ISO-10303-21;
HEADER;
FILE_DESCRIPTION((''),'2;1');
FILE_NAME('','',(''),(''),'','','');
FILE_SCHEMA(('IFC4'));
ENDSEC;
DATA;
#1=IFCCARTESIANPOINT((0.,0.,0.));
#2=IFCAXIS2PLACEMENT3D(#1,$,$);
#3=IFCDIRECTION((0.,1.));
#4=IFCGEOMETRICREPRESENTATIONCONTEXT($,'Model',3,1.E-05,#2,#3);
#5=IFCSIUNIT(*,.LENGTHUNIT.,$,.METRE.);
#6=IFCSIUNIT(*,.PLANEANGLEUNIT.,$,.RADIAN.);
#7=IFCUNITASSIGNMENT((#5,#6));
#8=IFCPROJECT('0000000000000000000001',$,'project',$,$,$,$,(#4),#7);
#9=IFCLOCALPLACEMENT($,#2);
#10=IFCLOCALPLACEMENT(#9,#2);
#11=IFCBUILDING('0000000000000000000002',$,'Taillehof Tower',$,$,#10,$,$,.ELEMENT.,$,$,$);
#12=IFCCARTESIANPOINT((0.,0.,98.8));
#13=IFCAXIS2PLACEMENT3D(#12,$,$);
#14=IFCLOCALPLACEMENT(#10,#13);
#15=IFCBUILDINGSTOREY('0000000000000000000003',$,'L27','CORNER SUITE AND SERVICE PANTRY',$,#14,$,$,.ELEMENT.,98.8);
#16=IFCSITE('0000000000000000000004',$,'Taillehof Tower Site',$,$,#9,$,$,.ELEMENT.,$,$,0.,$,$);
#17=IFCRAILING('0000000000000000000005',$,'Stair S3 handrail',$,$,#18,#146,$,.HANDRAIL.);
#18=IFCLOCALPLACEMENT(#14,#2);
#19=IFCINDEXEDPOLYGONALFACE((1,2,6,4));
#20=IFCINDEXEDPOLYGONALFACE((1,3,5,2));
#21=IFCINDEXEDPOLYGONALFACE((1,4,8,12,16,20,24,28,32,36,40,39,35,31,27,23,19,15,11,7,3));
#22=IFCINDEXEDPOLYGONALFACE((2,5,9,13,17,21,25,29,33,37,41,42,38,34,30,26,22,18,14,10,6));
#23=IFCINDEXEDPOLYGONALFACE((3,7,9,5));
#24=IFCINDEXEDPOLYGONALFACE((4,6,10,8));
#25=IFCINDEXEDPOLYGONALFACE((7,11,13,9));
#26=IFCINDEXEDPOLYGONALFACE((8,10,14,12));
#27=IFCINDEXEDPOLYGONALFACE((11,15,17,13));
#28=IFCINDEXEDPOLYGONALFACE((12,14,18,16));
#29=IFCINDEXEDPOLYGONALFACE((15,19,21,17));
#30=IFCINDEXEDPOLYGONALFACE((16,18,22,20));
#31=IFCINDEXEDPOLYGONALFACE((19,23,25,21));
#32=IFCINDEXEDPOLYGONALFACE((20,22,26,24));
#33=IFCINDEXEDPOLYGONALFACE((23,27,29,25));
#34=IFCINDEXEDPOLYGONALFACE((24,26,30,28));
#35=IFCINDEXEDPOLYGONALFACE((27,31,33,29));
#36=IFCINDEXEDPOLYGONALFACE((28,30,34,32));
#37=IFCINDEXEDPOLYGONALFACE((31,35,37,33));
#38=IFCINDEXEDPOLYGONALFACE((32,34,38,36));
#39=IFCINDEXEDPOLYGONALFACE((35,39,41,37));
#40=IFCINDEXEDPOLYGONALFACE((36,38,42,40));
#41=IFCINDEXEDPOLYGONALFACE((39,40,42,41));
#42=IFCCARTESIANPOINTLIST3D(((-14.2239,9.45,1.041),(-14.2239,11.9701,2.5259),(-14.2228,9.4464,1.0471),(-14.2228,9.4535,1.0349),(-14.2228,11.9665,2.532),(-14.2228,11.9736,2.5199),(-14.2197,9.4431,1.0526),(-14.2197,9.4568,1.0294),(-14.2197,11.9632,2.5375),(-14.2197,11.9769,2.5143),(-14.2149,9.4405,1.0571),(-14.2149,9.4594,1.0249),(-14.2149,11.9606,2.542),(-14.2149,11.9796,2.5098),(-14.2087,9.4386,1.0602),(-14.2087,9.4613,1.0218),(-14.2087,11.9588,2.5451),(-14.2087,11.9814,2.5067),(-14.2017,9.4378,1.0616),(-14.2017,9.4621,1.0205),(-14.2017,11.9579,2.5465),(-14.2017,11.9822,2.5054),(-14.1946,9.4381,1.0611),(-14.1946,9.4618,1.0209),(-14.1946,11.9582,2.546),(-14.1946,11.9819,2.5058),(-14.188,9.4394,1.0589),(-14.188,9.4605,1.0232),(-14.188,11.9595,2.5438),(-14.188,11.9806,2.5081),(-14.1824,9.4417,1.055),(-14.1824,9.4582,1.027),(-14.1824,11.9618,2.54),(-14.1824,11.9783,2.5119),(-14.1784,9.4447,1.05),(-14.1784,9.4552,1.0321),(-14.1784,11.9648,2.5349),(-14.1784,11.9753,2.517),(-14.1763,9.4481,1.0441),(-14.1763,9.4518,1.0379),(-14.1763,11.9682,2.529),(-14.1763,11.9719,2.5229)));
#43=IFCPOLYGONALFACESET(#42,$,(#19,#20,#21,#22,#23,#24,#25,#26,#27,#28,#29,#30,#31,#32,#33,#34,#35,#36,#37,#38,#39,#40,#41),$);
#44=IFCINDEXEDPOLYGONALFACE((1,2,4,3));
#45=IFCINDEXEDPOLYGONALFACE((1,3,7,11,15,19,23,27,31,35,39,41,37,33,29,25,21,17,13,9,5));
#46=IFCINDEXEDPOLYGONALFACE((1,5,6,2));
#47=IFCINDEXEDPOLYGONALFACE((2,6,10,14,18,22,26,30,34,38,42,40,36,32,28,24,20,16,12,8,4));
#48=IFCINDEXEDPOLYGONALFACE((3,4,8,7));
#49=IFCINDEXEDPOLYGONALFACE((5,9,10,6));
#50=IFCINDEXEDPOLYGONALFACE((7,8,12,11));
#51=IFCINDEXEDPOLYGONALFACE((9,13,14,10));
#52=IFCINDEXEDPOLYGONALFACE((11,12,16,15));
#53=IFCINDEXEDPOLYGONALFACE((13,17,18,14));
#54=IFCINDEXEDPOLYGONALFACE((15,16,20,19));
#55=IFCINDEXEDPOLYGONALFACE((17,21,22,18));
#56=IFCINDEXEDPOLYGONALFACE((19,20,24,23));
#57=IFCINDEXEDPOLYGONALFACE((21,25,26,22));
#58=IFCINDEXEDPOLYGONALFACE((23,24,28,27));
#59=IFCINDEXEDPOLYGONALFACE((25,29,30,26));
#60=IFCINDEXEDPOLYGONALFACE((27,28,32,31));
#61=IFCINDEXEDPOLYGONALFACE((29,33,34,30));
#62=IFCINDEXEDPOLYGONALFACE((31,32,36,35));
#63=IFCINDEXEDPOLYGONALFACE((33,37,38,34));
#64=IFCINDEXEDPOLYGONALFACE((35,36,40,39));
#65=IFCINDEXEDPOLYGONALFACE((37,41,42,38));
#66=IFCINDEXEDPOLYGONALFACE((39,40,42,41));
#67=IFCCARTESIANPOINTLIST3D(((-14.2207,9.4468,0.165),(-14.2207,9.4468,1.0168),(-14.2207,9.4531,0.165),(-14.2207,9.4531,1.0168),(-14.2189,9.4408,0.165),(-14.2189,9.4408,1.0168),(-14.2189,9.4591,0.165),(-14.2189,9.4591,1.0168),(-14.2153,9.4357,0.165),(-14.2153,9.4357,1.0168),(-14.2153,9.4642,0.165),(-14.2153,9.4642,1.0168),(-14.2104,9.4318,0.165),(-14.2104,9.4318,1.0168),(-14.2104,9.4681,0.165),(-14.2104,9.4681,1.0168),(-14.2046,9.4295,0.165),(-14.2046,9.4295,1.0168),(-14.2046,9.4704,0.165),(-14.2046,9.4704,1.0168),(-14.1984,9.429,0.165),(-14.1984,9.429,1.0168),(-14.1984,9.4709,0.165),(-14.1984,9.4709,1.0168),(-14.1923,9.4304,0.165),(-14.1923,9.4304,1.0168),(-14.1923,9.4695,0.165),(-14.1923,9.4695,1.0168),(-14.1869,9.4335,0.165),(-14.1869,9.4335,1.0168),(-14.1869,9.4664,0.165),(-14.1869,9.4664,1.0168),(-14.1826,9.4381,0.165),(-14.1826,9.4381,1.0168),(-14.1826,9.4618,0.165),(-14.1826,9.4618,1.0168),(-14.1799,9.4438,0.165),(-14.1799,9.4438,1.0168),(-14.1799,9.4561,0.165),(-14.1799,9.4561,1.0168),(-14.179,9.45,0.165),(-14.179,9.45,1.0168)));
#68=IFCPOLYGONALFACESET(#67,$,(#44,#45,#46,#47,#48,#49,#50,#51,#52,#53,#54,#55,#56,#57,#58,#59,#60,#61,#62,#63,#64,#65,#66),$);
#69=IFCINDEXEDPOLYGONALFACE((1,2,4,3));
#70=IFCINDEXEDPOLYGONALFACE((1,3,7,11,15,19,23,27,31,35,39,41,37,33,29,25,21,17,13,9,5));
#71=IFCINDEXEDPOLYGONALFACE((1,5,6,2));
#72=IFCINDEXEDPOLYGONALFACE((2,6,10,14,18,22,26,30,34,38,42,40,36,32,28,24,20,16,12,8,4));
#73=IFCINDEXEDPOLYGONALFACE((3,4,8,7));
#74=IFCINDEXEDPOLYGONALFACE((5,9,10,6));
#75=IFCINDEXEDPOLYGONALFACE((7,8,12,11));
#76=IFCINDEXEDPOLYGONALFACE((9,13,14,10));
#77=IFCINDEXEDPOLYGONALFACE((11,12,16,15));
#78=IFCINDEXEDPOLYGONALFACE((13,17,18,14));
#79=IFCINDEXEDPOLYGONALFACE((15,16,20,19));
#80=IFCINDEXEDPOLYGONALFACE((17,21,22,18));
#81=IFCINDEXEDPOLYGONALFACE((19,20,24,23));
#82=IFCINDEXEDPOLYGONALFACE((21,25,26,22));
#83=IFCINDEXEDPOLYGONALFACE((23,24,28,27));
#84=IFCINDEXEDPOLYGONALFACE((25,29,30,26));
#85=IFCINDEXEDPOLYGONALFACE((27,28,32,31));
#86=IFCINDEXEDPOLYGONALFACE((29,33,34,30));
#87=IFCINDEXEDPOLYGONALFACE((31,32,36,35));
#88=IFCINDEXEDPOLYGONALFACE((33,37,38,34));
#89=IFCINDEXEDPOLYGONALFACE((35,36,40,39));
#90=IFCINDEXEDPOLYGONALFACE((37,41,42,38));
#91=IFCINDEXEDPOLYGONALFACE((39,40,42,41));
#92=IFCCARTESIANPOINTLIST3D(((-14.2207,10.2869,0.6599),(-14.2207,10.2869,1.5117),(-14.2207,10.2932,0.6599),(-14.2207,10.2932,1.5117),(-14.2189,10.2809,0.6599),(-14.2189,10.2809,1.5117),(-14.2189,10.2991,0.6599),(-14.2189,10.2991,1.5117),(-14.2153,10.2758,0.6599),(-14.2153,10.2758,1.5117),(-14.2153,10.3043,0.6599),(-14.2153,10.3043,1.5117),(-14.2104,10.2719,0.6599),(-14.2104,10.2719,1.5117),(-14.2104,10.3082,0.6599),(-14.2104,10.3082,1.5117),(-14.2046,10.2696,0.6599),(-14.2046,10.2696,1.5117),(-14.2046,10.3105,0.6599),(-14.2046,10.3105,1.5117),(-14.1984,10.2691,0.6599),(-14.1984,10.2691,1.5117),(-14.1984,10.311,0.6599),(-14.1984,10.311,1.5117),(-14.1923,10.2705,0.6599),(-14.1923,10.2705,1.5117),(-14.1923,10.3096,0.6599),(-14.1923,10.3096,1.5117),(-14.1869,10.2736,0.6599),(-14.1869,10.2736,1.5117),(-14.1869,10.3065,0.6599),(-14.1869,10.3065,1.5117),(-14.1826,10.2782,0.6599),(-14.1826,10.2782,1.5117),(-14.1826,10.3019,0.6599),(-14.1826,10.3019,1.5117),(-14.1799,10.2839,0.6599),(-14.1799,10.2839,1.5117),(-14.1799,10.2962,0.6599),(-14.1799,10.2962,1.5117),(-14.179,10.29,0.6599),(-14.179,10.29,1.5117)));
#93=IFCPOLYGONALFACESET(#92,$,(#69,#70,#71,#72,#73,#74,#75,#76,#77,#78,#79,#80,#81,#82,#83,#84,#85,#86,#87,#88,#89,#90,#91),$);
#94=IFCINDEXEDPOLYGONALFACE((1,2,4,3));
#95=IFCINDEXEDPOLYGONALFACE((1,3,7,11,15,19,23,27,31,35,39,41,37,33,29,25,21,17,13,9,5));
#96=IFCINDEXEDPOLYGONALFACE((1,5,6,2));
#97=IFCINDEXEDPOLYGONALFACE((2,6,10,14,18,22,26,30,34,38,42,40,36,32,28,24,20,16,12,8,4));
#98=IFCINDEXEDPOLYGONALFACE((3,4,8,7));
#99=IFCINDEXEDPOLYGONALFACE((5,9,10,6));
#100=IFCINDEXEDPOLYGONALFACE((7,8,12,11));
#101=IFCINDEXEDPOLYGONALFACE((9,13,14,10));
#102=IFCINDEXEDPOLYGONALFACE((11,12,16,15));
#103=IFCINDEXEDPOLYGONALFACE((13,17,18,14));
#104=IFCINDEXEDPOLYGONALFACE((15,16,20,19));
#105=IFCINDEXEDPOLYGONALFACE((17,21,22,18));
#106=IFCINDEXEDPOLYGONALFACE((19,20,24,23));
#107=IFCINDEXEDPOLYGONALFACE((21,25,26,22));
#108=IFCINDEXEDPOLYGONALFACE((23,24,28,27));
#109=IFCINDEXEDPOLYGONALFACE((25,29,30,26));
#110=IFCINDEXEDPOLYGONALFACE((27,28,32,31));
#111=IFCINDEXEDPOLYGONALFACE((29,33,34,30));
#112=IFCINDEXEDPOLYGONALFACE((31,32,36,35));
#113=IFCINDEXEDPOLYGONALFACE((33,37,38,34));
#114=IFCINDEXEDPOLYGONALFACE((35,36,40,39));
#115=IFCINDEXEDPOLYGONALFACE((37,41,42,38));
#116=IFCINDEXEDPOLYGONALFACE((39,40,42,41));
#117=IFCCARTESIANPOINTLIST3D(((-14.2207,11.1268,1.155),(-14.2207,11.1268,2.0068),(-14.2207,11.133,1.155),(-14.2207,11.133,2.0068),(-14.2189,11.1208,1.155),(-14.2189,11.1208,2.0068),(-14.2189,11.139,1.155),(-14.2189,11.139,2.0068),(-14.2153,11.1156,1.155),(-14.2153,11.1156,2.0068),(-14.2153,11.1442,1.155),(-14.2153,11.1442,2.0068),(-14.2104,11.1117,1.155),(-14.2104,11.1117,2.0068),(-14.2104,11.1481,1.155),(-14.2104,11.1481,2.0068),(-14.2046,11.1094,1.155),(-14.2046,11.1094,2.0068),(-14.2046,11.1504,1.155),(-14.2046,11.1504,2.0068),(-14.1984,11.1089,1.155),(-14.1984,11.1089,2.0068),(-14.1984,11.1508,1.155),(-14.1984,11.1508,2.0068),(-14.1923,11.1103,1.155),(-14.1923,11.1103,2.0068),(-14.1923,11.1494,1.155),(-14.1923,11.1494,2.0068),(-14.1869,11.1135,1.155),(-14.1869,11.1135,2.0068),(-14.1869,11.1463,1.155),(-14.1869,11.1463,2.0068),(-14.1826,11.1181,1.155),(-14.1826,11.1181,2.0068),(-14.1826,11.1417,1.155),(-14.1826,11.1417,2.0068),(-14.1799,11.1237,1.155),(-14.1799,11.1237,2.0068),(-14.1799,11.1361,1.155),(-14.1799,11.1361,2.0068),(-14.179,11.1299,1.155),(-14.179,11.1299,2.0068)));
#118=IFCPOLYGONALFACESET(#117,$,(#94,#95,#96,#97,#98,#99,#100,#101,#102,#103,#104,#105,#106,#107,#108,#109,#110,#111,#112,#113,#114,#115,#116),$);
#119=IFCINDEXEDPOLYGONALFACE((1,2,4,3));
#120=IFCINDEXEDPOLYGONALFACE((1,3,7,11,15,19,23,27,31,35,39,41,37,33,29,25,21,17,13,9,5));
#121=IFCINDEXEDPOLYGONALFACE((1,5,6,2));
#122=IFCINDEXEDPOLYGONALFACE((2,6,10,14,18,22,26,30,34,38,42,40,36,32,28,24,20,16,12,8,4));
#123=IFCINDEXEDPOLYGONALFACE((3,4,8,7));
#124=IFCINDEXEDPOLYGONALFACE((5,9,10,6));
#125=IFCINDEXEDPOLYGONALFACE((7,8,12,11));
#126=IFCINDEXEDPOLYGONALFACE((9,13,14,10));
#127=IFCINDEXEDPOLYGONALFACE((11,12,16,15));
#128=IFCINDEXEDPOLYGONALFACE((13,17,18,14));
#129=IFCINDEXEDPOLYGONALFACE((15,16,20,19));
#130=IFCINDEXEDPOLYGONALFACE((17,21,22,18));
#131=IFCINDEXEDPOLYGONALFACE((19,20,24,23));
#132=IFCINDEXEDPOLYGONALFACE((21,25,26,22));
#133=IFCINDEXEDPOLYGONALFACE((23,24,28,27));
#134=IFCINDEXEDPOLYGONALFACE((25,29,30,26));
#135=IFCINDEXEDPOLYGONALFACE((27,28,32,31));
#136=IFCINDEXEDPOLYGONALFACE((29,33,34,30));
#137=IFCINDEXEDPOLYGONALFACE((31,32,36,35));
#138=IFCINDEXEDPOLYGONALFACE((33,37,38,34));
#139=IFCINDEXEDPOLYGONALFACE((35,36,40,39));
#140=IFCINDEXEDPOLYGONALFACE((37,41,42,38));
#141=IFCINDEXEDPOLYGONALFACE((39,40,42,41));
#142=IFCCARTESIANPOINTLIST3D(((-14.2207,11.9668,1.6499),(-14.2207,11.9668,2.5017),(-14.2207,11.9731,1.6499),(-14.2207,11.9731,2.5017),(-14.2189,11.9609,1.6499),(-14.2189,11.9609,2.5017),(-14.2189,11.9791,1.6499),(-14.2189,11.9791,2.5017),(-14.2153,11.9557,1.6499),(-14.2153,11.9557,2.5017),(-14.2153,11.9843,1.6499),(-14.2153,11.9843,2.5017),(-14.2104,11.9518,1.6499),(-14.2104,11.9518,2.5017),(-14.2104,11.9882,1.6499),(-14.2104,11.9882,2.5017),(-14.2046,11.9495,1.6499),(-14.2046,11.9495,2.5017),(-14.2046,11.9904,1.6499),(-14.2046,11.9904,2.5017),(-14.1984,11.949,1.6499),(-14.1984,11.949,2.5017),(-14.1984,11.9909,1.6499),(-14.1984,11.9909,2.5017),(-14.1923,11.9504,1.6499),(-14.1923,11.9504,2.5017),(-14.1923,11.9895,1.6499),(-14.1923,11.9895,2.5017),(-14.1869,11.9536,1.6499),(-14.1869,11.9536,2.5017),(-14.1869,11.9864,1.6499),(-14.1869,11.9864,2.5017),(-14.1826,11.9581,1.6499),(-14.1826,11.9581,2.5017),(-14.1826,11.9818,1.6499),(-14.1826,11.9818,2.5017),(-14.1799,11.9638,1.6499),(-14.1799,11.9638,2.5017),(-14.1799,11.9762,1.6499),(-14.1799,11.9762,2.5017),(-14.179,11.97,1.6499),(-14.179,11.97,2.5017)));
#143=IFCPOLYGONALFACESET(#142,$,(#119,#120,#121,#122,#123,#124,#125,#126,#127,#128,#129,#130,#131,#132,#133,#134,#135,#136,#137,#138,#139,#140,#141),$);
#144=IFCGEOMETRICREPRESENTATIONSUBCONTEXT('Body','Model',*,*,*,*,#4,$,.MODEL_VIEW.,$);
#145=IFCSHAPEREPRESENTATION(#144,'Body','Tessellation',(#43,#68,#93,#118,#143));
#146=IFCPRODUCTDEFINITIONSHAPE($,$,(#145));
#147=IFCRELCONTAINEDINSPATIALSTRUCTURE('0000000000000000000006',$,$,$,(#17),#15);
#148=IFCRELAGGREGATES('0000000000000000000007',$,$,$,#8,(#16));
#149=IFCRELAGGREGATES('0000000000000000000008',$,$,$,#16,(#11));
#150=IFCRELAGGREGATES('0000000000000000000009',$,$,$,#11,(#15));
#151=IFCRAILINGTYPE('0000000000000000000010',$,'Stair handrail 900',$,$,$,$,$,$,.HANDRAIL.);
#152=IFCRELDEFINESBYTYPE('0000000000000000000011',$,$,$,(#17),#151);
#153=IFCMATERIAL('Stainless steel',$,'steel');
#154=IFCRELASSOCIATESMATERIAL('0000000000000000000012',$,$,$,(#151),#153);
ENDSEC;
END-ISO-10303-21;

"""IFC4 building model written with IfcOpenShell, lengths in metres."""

from ifc_helpers import new_model, si_unit, direction, frame, origin, origin_2d, place, context, subcontext, project, spatial, circle, extrude, material, type_object, element, save


model = new_model("IFC4")

# Units and contexts
model_context = context("Model", 3, precision=1e-05, world=origin(), true_north=direction((0.0, 1.0)))
body_context = subcontext(model_context, "Body", "Model", "MODEL_VIEW")
ifc_project = project(units=[si_unit("LENGTHUNIT", "METRE"), si_unit("PLANEANGLEUNIT", "RADIAN")], contexts=[model_context])

# Site, building, storey
site_placement = place(None, origin())
site = spatial("IfcSite", under=ifc_project, at=site_placement, Name="Taillehof Tower Site", CompositionType="ELEMENT", RefElevation=0.0)
building_placement = place(site_placement, origin())
building = spatial("IfcBuilding", under=site, at=building_placement, Name="Taillehof Tower", CompositionType="ELEMENT")
storey_placement = place(building_placement, frame((0.0, 0.0, 98.8)))
storey = spatial("IfcBuildingStorey", under=building, at=storey_placement, Name="L27", Description="CORNER SUITE AND SERVICE PANTRY", CompositionType="ELEMENT", Elevation=98.8)

# Railing
ifc_material_1 = material(Name="Stainless steel", Category="steel")
railing_type = type_object("IfcRailingType", Name="Stair handrail 900", PredefinedType="HANDRAIL", material=ifc_material_1)
railing_placement = place(storey_placement, frame((-14.2, 9.45, 0.165)))
element("IfcRailing", 1, at=railing_placement, inside=storey, type_object=railing_type, Name="Stair S3 handrail", PredefinedType="HANDRAIL", context=body_context, shape_type="SweptSolid", body=[
    extrude(circle(Radius=0.0239, at=origin_2d()), frame((0.0, 0.0, 0.876), z_axis=(0.0, 0.861561, 0.507655), x_axis=(-1.0, 0.0, 0.0)), (0.0, 0.0, 1.0), 2.925),
    extrude(circle(Radius=0.021, at=origin_2d()), origin(), (0.0, 0.0, 1.0), 0.8518),
    extrude(circle(Radius=0.021, at=origin_2d()), frame((0.0, 0.8401, 0.4949)), (0.0, 0.0, 1.0), 0.8518),
    extrude(circle(Radius=0.021, at=origin_2d()), frame((0.0, 1.6799, 0.99)), (0.0, 0.0, 1.0), 0.8518),
    extrude(circle(Radius=0.021, at=origin_2d()), frame((0.0, 2.52, 1.4849)), (0.0, 0.0, 1.0), 0.8518),
])

save(model, "model.ifc")
